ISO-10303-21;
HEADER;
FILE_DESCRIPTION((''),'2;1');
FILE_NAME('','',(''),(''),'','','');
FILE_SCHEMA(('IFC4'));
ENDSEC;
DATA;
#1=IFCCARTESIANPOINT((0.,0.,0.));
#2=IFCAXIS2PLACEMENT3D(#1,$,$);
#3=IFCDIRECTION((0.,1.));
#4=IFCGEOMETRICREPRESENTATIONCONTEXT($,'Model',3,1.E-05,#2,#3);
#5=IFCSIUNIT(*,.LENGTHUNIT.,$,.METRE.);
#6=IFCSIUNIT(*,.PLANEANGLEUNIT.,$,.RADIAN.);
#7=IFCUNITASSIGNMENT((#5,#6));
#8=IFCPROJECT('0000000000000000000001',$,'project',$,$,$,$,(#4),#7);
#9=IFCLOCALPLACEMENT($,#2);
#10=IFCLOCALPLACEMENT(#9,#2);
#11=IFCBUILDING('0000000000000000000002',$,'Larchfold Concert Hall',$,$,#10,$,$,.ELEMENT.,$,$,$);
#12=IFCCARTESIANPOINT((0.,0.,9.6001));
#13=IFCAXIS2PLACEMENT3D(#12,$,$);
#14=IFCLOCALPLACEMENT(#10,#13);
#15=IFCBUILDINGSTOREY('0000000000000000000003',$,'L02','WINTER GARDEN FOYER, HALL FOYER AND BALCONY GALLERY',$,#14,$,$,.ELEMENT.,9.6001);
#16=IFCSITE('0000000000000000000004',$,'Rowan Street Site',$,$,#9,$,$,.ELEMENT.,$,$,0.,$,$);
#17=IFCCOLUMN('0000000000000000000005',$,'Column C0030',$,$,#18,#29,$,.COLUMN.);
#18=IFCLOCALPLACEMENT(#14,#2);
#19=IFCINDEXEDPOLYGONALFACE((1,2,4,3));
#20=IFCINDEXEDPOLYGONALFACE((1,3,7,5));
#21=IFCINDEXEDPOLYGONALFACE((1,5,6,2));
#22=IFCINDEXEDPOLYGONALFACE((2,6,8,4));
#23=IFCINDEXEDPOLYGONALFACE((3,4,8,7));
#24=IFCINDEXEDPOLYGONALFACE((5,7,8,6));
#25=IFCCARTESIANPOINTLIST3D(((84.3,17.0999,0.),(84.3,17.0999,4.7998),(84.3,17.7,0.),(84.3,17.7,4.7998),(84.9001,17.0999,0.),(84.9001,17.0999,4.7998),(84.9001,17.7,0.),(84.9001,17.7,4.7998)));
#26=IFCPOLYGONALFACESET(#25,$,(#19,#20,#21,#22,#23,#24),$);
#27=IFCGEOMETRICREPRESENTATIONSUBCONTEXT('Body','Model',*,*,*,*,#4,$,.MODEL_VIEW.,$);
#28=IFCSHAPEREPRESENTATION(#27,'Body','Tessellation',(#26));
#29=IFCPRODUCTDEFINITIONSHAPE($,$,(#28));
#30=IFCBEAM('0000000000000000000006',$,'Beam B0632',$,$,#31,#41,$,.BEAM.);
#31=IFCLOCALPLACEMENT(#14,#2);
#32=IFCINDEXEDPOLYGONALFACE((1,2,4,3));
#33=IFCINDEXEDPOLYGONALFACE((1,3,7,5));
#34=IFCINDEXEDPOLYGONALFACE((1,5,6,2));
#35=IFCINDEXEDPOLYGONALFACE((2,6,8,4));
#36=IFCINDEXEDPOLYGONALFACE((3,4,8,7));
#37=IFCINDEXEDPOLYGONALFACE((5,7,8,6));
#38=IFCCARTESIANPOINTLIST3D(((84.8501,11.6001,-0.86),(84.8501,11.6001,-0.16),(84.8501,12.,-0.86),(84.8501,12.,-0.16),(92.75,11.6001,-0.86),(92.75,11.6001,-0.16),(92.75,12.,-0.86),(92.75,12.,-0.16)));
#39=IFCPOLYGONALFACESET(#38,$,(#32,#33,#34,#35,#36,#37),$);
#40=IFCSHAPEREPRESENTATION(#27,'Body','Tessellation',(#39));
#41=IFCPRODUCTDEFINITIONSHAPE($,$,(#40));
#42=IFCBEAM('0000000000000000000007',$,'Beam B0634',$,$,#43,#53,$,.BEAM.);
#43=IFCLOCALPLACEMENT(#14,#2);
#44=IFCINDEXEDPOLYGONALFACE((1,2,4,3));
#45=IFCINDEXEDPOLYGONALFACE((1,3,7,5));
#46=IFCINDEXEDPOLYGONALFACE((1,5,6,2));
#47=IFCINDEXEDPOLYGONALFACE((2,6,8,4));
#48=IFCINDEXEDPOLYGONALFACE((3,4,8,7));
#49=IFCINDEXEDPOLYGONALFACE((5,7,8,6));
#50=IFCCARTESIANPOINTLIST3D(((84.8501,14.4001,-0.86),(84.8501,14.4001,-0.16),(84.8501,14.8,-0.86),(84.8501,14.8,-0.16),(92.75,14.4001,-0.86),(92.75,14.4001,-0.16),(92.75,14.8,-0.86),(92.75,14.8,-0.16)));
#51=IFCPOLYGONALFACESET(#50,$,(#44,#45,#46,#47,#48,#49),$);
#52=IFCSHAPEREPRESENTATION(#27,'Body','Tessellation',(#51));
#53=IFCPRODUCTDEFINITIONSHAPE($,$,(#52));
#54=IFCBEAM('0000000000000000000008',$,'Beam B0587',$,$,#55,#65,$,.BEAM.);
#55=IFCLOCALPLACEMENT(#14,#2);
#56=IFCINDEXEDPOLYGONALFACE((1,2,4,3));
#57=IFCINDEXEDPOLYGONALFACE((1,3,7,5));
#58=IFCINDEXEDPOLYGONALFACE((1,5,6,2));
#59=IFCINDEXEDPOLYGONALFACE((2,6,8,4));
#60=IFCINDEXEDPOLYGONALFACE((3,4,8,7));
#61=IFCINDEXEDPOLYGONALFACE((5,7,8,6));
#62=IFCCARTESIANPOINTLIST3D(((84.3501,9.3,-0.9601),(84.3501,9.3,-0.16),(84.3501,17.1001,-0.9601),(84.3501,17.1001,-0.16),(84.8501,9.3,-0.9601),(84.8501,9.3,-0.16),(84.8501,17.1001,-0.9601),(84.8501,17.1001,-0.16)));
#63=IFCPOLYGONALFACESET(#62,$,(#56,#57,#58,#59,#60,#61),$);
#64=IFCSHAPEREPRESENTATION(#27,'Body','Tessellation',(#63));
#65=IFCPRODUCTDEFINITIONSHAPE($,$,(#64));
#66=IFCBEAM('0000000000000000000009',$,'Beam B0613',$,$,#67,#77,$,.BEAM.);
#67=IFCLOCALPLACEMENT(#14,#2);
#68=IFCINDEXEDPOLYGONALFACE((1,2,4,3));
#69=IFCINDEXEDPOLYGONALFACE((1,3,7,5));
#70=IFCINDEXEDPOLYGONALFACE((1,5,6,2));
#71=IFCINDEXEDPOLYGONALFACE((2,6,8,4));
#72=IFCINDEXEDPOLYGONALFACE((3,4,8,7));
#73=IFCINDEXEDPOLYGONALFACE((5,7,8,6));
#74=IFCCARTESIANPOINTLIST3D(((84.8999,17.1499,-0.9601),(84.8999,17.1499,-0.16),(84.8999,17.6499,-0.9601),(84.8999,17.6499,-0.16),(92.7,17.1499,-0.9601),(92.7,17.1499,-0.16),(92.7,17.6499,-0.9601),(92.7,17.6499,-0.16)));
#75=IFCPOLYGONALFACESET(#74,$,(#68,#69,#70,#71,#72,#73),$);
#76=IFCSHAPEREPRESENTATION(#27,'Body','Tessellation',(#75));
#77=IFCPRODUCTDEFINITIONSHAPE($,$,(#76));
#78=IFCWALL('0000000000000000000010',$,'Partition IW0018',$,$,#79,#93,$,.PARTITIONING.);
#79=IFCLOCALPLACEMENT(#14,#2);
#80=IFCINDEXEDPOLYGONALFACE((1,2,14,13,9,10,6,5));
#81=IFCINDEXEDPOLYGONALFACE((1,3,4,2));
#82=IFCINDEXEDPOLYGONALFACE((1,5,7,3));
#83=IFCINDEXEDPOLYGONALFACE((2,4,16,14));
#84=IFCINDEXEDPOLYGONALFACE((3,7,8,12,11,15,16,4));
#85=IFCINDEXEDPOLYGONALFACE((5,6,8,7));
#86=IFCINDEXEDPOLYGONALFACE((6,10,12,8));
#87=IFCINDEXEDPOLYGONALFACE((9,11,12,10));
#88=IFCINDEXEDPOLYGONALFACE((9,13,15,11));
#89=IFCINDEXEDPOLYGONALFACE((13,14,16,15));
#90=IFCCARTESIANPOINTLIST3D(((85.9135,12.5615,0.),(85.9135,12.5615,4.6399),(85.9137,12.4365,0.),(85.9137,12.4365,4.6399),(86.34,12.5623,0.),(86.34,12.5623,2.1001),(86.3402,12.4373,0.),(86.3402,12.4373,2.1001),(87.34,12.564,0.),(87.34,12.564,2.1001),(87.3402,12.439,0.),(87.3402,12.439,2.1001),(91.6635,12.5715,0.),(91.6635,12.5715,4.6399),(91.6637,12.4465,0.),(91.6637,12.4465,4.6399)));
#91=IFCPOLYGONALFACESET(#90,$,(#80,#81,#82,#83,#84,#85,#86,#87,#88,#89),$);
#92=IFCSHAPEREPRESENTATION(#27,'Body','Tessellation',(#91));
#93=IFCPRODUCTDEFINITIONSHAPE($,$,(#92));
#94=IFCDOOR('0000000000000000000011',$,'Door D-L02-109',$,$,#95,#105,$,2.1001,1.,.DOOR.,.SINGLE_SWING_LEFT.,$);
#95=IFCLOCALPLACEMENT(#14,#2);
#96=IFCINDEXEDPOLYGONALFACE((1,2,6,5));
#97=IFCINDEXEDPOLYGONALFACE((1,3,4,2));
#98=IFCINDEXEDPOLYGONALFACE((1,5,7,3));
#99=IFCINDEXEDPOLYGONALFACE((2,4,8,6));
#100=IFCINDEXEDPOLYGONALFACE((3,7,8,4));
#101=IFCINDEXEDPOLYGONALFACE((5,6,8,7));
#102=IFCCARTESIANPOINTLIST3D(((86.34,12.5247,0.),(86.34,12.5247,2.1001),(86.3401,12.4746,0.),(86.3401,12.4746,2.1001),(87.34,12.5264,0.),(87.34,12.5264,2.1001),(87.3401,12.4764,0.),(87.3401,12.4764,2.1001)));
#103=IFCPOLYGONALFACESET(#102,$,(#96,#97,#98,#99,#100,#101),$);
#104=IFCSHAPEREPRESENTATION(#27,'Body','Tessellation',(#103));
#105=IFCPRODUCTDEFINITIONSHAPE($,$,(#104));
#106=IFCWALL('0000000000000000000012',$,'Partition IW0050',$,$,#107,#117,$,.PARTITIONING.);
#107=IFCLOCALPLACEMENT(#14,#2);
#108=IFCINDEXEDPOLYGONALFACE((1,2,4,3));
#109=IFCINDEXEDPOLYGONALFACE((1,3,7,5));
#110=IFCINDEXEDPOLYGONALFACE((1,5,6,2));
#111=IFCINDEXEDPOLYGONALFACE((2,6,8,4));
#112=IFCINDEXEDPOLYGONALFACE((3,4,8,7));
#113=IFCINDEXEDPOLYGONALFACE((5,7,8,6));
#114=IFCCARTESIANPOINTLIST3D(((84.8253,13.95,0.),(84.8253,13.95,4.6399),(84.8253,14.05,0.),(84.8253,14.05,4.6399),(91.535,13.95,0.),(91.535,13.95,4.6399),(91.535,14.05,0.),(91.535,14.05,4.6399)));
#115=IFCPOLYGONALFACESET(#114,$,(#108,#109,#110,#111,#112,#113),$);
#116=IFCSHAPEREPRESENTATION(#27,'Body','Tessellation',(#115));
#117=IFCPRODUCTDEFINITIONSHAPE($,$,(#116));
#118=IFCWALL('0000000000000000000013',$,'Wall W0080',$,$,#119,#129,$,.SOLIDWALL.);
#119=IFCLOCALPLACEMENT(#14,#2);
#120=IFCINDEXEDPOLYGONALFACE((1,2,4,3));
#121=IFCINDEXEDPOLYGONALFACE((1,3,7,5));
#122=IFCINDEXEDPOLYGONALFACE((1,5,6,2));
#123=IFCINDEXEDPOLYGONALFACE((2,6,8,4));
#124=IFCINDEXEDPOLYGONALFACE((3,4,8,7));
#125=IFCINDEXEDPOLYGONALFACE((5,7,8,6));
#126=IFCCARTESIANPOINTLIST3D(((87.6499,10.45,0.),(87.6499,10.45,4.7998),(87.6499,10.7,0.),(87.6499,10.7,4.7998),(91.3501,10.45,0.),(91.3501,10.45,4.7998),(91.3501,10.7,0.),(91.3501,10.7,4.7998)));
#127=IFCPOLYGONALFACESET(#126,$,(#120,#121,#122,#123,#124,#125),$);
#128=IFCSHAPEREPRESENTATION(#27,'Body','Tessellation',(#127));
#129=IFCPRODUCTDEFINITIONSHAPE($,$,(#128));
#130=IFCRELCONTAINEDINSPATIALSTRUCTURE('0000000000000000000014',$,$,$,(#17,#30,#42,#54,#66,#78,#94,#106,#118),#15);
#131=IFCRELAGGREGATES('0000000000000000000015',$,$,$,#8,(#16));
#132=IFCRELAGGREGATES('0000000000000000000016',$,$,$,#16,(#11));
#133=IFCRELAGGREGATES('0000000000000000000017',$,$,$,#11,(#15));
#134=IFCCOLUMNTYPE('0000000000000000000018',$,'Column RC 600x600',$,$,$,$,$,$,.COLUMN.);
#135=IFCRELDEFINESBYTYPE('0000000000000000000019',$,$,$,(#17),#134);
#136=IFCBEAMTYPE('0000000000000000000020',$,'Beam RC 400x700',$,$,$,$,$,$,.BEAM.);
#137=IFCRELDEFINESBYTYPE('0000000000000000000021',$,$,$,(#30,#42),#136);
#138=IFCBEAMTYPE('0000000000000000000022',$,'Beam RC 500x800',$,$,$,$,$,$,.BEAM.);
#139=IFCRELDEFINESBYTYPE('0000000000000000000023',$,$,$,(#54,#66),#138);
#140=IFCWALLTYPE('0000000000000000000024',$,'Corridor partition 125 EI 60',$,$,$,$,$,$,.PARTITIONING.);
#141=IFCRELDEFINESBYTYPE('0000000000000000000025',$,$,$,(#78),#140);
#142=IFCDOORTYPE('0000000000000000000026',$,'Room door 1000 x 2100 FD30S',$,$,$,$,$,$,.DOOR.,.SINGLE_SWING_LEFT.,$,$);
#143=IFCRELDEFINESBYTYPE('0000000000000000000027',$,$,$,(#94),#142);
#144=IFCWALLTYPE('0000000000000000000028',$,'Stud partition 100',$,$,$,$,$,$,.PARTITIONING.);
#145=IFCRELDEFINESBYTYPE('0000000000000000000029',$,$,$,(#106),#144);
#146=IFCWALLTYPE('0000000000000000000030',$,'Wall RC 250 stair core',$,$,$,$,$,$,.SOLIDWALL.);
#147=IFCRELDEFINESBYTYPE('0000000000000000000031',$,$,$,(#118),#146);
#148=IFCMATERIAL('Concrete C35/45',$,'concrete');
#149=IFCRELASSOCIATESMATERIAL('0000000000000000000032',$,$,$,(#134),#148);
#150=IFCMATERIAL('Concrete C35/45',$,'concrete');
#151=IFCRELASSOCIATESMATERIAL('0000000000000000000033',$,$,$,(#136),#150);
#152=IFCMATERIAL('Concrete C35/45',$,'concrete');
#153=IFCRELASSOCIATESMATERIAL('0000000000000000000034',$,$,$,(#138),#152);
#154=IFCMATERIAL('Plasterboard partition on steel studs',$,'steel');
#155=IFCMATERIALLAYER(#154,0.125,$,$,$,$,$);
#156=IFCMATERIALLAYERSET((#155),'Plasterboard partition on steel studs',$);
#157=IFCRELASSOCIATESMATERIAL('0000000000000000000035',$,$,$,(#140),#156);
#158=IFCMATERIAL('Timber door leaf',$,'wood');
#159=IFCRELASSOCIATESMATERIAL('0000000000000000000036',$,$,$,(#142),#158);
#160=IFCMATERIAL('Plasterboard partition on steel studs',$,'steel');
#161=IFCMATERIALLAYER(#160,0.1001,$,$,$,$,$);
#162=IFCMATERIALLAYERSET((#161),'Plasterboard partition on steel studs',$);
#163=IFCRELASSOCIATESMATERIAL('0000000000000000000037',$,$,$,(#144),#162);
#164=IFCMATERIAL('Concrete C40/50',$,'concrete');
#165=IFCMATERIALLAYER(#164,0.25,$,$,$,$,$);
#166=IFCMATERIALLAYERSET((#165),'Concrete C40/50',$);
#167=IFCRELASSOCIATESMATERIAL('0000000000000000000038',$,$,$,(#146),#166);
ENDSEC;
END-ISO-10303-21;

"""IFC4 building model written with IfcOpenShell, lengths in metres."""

from ifc_helpers import new_model, si_unit, direction, frame, frame_2d, origin, origin_2d, place, context, subcontext, project, spatial, rectangle, extrude, material, layer, layer_set, material_profile, profile_set, type_object, element, fill, save


model = new_model("IFC4")

# Units and contexts
model_context = context("Model", 3, precision=1e-05, world=origin(), true_north=direction((0.0, 1.0)))
body_context = subcontext(model_context, "Body", "Model", "MODEL_VIEW")
ifc_project = project(units=[si_unit("LENGTHUNIT", "METRE"), si_unit("PLANEANGLEUNIT", "RADIAN")], contexts=[model_context])

# Site, building, storey
site_placement = place(None, origin())
site = spatial("IfcSite", under=ifc_project, at=site_placement, Name="Rowan Street Site", CompositionType="ELEMENT", RefElevation=0.0)
building_placement = place(site_placement, origin())
building = spatial("IfcBuilding", under=site, at=building_placement, Name="Larchfold Concert Hall", CompositionType="ELEMENT")
storey_placement = place(building_placement, frame((0.0, 0.0, 9.6001)))
storey = spatial("IfcBuildingStorey", under=building, at=storey_placement, Name="L02", Description="WINTER GARDEN FOYER, HALL FOYER AND BALCONY GALLERY", CompositionType="ELEMENT", Elevation=9.6001)

# Column
ifc_material_1 = material(Name="Concrete C35/45", Category="concrete")
ifc_material_profile_1 = material_profile(ifc_material_1, rectangle(XDim=0.6001, YDim=0.6001, at=origin_2d()))
ifc_profile_set_1 = profile_set([ifc_material_profile_1], Name="Concrete C35/45")
column_type = type_object("IfcColumnType", Name="Column RC 600x600", PredefinedType="COLUMN", material=ifc_profile_set_1)
column_placement = place(storey_placement, frame((84.6001, 17.3999, 0.0), z_axis=(0.0, 0.0, 1.0), x_axis=(1.0, 0.0, 0.0)))
element("IfcColumn", 1, at=column_placement, inside=storey, type_object=column_type, Name="Column C0030", PredefinedType="COLUMN", context=body_context, shape_type="SweptSolid", body=[
    extrude(rectangle(XDim=0.6001, YDim=0.6001, at=origin_2d()), origin(), (0.0, 0.0, 1.0), 4.7998),
])

# Beams
ifc_material_2 = material(Name="Concrete C35/45", Category="concrete")
ifc_material_profile_2 = material_profile(ifc_material_2, rectangle(XDim=0.3999, YDim=0.7, at=origin_2d()))
ifc_profile_set_2 = profile_set([ifc_material_profile_2], Name="Concrete C35/45")
beam_type_1 = type_object("IfcBeamType", Name="Beam RC 400x700", PredefinedType="BEAM", material=ifc_profile_set_2)
for number, where, z_axis, x_axis, name in (
    (2, (84.8501, 11.8, -0.51), (1.0, 0.0, 0.0), (0.0, 1.0, 0.0), "Beam B0632"),
    (3, (84.8501, 14.6001, -0.51), (1.0, 0.0, 0.0), (0.0, 1.0, 0.0), "Beam B0634"),
):
    element("IfcBeam", number, at=place(storey_placement, frame(where, z_axis=z_axis, x_axis=x_axis)), inside=storey, type_object=beam_type_1, Name=name, PredefinedType="BEAM", context=body_context, shape_type="SweptSolid", body=[
        extrude(rectangle(XDim=0.3999, YDim=0.7, at=origin_2d()), origin(), (0.0, 0.0, 1.0), 7.8999),
    ])
ifc_material_3 = material(Name="Concrete C35/45", Category="concrete")
ifc_material_profile_3 = material_profile(ifc_material_3, rectangle(XDim=0.5, YDim=0.8, at=origin_2d()))
ifc_profile_set_3 = profile_set([ifc_material_profile_3], Name="Concrete C35/45")
beam_type_2 = type_object("IfcBeamType", Name="Beam RC 500x800", PredefinedType="BEAM", material=ifc_profile_set_3)
for number, where, z_axis, x_axis, name in (
    (4, (84.6001, 9.3, -0.5601), (0.0, 1.0, 0.0), (-1.0, 0.0, 0.0), "Beam B0587"),
    (5, (84.8999, 17.3999, -0.5601), (1.0, 0.0, 0.0), (0.0, 1.0, 0.0), "Beam B0613"),
):
    element("IfcBeam", number, at=place(storey_placement, frame(where, z_axis=z_axis, x_axis=x_axis)), inside=storey, type_object=beam_type_2, Name=name, PredefinedType="BEAM", context=body_context, shape_type="SweptSolid", body=[
        extrude(rectangle(XDim=0.5, YDim=0.8, at=origin_2d()), origin(), (0.0, 0.0, 1.0), 7.8),
    ])

# Wall, opening, door
ifc_material_4 = material(Name="Plasterboard partition on steel studs", Category="steel")
ifc_layer_1 = layer(ifc_material_4, 0.125)
ifc_layer_set_1 = layer_set([ifc_layer_1], Name="Plasterboard partition on steel studs")
wall_type_1 = type_object("IfcWallType", Name="Corridor partition 125 EI 60", PredefinedType="PARTITIONING", material=ifc_layer_set_1)
wall_1_placement = place(storey_placement, frame((85.9136, 12.499, 0.0), z_axis=(0.0, 0.0, 1.0), x_axis=(0.999998, 0.001741, 0.0)))
wall_1 = element("IfcWall", 6, at=wall_1_placement, inside=storey, type_object=wall_type_1, Name="Partition IW0018", PredefinedType="PARTITIONING", context=body_context, shape_type="SweptSolid", body=[
    extrude(rectangle(XDim=5.75, YDim=0.125, at=frame_2d((2.875, 0.0))), origin(), (0.0, 0.0, 1.0), 4.6399),
])
opening_1_placement = place(wall_1_placement, frame((0.4265, 0.0, 0.0)))
opening_1 = element("IfcOpeningElement", 7, at=opening_1_placement, cuts=wall_1, PredefinedType="OPENING", context=body_context, shape_type="SweptSolid", body=[
    extrude(rectangle(XDim=1.0, YDim=2.1001, at=frame_2d((0.5, 1.05))), frame((0.0, 0.0725, 0.0), z_axis=(0.0, -1.0, 0.0), x_axis=(1.0, 0.0, 0.0)), (0.0, 0.0, 1.0), 0.145),
])
ifc_material_5 = material(Name="Timber door leaf", Category="wood")
door_type = type_object("IfcDoorType", Name="Room door 1000 x 2100 FD30S", OperationType="SINGLE_SWING_LEFT", PredefinedType="DOOR", material=ifc_material_5)
door_placement = place(opening_1_placement, origin())
door = element("IfcDoor", 8, at=door_placement, inside=storey, type_object=door_type, Name="Door D-L02-109", OperationType="SINGLE_SWING_LEFT", OverallHeight=2.1001, OverallWidth=1.0, PredefinedType="DOOR", context=body_context, shape_type="SweptSolid", body=[
    extrude(rectangle(XDim=1.0, YDim=2.1001, at=frame_2d((0.5, 1.05))), frame((0.0, 0.0249, 0.0), z_axis=(0.0, -1.0, 0.0), x_axis=(1.0, 0.0, 0.0)), (0.0, 0.0, 1.0), 0.05),
])
fill(opening_1, door)

# Walls
ifc_material_6 = material(Name="Plasterboard partition on steel studs", Category="steel")
ifc_layer_2 = layer(ifc_material_6, 0.1001)
ifc_layer_set_2 = layer_set([ifc_layer_2], Name="Plasterboard partition on steel studs")
wall_type_2 = type_object("IfcWallType", Name="Stud partition 100", PredefinedType="PARTITIONING", material=ifc_layer_set_2)
wall_2_placement = place(storey_placement, frame((84.8252, 14.0, 0.0), z_axis=(0.0, 0.0, 1.0), x_axis=(1.0, 0.0, 0.0)))
element("IfcWall", 9, at=wall_2_placement, inside=storey, type_object=wall_type_2, Name="Partition IW0050", PredefinedType="PARTITIONING", context=body_context, shape_type="SweptSolid", body=[
    extrude(rectangle(XDim=6.7097, YDim=0.1001, at=frame_2d((3.355, 0.0))), origin(), (0.0, 0.0, 1.0), 4.6399),
])
ifc_material_7 = material(Name="Concrete C40/50", Category="concrete")
ifc_layer_3 = layer(ifc_material_7, 0.25)
ifc_layer_set_3 = layer_set([ifc_layer_3], Name="Concrete C40/50")
wall_type_3 = type_object("IfcWallType", Name="Wall RC 250 stair core", PredefinedType="SOLIDWALL", material=ifc_layer_set_3)
wall_3_placement = place(storey_placement, frame((87.6499, 10.575, 0.0), z_axis=(0.0, 0.0, 1.0), x_axis=(1.0, 0.0, 0.0)))
element("IfcWall", 10, at=wall_3_placement, inside=storey, type_object=wall_type_3, Name="Wall W0080", PredefinedType="SOLIDWALL", context=body_context, shape_type="SweptSolid", body=[
    extrude(rectangle(XDim=3.7002, YDim=0.25, at=frame_2d((1.8501, 0.0))), origin(), (0.0, 0.0, 1.0), 4.7998),
])

save(model, "model.ifc")
